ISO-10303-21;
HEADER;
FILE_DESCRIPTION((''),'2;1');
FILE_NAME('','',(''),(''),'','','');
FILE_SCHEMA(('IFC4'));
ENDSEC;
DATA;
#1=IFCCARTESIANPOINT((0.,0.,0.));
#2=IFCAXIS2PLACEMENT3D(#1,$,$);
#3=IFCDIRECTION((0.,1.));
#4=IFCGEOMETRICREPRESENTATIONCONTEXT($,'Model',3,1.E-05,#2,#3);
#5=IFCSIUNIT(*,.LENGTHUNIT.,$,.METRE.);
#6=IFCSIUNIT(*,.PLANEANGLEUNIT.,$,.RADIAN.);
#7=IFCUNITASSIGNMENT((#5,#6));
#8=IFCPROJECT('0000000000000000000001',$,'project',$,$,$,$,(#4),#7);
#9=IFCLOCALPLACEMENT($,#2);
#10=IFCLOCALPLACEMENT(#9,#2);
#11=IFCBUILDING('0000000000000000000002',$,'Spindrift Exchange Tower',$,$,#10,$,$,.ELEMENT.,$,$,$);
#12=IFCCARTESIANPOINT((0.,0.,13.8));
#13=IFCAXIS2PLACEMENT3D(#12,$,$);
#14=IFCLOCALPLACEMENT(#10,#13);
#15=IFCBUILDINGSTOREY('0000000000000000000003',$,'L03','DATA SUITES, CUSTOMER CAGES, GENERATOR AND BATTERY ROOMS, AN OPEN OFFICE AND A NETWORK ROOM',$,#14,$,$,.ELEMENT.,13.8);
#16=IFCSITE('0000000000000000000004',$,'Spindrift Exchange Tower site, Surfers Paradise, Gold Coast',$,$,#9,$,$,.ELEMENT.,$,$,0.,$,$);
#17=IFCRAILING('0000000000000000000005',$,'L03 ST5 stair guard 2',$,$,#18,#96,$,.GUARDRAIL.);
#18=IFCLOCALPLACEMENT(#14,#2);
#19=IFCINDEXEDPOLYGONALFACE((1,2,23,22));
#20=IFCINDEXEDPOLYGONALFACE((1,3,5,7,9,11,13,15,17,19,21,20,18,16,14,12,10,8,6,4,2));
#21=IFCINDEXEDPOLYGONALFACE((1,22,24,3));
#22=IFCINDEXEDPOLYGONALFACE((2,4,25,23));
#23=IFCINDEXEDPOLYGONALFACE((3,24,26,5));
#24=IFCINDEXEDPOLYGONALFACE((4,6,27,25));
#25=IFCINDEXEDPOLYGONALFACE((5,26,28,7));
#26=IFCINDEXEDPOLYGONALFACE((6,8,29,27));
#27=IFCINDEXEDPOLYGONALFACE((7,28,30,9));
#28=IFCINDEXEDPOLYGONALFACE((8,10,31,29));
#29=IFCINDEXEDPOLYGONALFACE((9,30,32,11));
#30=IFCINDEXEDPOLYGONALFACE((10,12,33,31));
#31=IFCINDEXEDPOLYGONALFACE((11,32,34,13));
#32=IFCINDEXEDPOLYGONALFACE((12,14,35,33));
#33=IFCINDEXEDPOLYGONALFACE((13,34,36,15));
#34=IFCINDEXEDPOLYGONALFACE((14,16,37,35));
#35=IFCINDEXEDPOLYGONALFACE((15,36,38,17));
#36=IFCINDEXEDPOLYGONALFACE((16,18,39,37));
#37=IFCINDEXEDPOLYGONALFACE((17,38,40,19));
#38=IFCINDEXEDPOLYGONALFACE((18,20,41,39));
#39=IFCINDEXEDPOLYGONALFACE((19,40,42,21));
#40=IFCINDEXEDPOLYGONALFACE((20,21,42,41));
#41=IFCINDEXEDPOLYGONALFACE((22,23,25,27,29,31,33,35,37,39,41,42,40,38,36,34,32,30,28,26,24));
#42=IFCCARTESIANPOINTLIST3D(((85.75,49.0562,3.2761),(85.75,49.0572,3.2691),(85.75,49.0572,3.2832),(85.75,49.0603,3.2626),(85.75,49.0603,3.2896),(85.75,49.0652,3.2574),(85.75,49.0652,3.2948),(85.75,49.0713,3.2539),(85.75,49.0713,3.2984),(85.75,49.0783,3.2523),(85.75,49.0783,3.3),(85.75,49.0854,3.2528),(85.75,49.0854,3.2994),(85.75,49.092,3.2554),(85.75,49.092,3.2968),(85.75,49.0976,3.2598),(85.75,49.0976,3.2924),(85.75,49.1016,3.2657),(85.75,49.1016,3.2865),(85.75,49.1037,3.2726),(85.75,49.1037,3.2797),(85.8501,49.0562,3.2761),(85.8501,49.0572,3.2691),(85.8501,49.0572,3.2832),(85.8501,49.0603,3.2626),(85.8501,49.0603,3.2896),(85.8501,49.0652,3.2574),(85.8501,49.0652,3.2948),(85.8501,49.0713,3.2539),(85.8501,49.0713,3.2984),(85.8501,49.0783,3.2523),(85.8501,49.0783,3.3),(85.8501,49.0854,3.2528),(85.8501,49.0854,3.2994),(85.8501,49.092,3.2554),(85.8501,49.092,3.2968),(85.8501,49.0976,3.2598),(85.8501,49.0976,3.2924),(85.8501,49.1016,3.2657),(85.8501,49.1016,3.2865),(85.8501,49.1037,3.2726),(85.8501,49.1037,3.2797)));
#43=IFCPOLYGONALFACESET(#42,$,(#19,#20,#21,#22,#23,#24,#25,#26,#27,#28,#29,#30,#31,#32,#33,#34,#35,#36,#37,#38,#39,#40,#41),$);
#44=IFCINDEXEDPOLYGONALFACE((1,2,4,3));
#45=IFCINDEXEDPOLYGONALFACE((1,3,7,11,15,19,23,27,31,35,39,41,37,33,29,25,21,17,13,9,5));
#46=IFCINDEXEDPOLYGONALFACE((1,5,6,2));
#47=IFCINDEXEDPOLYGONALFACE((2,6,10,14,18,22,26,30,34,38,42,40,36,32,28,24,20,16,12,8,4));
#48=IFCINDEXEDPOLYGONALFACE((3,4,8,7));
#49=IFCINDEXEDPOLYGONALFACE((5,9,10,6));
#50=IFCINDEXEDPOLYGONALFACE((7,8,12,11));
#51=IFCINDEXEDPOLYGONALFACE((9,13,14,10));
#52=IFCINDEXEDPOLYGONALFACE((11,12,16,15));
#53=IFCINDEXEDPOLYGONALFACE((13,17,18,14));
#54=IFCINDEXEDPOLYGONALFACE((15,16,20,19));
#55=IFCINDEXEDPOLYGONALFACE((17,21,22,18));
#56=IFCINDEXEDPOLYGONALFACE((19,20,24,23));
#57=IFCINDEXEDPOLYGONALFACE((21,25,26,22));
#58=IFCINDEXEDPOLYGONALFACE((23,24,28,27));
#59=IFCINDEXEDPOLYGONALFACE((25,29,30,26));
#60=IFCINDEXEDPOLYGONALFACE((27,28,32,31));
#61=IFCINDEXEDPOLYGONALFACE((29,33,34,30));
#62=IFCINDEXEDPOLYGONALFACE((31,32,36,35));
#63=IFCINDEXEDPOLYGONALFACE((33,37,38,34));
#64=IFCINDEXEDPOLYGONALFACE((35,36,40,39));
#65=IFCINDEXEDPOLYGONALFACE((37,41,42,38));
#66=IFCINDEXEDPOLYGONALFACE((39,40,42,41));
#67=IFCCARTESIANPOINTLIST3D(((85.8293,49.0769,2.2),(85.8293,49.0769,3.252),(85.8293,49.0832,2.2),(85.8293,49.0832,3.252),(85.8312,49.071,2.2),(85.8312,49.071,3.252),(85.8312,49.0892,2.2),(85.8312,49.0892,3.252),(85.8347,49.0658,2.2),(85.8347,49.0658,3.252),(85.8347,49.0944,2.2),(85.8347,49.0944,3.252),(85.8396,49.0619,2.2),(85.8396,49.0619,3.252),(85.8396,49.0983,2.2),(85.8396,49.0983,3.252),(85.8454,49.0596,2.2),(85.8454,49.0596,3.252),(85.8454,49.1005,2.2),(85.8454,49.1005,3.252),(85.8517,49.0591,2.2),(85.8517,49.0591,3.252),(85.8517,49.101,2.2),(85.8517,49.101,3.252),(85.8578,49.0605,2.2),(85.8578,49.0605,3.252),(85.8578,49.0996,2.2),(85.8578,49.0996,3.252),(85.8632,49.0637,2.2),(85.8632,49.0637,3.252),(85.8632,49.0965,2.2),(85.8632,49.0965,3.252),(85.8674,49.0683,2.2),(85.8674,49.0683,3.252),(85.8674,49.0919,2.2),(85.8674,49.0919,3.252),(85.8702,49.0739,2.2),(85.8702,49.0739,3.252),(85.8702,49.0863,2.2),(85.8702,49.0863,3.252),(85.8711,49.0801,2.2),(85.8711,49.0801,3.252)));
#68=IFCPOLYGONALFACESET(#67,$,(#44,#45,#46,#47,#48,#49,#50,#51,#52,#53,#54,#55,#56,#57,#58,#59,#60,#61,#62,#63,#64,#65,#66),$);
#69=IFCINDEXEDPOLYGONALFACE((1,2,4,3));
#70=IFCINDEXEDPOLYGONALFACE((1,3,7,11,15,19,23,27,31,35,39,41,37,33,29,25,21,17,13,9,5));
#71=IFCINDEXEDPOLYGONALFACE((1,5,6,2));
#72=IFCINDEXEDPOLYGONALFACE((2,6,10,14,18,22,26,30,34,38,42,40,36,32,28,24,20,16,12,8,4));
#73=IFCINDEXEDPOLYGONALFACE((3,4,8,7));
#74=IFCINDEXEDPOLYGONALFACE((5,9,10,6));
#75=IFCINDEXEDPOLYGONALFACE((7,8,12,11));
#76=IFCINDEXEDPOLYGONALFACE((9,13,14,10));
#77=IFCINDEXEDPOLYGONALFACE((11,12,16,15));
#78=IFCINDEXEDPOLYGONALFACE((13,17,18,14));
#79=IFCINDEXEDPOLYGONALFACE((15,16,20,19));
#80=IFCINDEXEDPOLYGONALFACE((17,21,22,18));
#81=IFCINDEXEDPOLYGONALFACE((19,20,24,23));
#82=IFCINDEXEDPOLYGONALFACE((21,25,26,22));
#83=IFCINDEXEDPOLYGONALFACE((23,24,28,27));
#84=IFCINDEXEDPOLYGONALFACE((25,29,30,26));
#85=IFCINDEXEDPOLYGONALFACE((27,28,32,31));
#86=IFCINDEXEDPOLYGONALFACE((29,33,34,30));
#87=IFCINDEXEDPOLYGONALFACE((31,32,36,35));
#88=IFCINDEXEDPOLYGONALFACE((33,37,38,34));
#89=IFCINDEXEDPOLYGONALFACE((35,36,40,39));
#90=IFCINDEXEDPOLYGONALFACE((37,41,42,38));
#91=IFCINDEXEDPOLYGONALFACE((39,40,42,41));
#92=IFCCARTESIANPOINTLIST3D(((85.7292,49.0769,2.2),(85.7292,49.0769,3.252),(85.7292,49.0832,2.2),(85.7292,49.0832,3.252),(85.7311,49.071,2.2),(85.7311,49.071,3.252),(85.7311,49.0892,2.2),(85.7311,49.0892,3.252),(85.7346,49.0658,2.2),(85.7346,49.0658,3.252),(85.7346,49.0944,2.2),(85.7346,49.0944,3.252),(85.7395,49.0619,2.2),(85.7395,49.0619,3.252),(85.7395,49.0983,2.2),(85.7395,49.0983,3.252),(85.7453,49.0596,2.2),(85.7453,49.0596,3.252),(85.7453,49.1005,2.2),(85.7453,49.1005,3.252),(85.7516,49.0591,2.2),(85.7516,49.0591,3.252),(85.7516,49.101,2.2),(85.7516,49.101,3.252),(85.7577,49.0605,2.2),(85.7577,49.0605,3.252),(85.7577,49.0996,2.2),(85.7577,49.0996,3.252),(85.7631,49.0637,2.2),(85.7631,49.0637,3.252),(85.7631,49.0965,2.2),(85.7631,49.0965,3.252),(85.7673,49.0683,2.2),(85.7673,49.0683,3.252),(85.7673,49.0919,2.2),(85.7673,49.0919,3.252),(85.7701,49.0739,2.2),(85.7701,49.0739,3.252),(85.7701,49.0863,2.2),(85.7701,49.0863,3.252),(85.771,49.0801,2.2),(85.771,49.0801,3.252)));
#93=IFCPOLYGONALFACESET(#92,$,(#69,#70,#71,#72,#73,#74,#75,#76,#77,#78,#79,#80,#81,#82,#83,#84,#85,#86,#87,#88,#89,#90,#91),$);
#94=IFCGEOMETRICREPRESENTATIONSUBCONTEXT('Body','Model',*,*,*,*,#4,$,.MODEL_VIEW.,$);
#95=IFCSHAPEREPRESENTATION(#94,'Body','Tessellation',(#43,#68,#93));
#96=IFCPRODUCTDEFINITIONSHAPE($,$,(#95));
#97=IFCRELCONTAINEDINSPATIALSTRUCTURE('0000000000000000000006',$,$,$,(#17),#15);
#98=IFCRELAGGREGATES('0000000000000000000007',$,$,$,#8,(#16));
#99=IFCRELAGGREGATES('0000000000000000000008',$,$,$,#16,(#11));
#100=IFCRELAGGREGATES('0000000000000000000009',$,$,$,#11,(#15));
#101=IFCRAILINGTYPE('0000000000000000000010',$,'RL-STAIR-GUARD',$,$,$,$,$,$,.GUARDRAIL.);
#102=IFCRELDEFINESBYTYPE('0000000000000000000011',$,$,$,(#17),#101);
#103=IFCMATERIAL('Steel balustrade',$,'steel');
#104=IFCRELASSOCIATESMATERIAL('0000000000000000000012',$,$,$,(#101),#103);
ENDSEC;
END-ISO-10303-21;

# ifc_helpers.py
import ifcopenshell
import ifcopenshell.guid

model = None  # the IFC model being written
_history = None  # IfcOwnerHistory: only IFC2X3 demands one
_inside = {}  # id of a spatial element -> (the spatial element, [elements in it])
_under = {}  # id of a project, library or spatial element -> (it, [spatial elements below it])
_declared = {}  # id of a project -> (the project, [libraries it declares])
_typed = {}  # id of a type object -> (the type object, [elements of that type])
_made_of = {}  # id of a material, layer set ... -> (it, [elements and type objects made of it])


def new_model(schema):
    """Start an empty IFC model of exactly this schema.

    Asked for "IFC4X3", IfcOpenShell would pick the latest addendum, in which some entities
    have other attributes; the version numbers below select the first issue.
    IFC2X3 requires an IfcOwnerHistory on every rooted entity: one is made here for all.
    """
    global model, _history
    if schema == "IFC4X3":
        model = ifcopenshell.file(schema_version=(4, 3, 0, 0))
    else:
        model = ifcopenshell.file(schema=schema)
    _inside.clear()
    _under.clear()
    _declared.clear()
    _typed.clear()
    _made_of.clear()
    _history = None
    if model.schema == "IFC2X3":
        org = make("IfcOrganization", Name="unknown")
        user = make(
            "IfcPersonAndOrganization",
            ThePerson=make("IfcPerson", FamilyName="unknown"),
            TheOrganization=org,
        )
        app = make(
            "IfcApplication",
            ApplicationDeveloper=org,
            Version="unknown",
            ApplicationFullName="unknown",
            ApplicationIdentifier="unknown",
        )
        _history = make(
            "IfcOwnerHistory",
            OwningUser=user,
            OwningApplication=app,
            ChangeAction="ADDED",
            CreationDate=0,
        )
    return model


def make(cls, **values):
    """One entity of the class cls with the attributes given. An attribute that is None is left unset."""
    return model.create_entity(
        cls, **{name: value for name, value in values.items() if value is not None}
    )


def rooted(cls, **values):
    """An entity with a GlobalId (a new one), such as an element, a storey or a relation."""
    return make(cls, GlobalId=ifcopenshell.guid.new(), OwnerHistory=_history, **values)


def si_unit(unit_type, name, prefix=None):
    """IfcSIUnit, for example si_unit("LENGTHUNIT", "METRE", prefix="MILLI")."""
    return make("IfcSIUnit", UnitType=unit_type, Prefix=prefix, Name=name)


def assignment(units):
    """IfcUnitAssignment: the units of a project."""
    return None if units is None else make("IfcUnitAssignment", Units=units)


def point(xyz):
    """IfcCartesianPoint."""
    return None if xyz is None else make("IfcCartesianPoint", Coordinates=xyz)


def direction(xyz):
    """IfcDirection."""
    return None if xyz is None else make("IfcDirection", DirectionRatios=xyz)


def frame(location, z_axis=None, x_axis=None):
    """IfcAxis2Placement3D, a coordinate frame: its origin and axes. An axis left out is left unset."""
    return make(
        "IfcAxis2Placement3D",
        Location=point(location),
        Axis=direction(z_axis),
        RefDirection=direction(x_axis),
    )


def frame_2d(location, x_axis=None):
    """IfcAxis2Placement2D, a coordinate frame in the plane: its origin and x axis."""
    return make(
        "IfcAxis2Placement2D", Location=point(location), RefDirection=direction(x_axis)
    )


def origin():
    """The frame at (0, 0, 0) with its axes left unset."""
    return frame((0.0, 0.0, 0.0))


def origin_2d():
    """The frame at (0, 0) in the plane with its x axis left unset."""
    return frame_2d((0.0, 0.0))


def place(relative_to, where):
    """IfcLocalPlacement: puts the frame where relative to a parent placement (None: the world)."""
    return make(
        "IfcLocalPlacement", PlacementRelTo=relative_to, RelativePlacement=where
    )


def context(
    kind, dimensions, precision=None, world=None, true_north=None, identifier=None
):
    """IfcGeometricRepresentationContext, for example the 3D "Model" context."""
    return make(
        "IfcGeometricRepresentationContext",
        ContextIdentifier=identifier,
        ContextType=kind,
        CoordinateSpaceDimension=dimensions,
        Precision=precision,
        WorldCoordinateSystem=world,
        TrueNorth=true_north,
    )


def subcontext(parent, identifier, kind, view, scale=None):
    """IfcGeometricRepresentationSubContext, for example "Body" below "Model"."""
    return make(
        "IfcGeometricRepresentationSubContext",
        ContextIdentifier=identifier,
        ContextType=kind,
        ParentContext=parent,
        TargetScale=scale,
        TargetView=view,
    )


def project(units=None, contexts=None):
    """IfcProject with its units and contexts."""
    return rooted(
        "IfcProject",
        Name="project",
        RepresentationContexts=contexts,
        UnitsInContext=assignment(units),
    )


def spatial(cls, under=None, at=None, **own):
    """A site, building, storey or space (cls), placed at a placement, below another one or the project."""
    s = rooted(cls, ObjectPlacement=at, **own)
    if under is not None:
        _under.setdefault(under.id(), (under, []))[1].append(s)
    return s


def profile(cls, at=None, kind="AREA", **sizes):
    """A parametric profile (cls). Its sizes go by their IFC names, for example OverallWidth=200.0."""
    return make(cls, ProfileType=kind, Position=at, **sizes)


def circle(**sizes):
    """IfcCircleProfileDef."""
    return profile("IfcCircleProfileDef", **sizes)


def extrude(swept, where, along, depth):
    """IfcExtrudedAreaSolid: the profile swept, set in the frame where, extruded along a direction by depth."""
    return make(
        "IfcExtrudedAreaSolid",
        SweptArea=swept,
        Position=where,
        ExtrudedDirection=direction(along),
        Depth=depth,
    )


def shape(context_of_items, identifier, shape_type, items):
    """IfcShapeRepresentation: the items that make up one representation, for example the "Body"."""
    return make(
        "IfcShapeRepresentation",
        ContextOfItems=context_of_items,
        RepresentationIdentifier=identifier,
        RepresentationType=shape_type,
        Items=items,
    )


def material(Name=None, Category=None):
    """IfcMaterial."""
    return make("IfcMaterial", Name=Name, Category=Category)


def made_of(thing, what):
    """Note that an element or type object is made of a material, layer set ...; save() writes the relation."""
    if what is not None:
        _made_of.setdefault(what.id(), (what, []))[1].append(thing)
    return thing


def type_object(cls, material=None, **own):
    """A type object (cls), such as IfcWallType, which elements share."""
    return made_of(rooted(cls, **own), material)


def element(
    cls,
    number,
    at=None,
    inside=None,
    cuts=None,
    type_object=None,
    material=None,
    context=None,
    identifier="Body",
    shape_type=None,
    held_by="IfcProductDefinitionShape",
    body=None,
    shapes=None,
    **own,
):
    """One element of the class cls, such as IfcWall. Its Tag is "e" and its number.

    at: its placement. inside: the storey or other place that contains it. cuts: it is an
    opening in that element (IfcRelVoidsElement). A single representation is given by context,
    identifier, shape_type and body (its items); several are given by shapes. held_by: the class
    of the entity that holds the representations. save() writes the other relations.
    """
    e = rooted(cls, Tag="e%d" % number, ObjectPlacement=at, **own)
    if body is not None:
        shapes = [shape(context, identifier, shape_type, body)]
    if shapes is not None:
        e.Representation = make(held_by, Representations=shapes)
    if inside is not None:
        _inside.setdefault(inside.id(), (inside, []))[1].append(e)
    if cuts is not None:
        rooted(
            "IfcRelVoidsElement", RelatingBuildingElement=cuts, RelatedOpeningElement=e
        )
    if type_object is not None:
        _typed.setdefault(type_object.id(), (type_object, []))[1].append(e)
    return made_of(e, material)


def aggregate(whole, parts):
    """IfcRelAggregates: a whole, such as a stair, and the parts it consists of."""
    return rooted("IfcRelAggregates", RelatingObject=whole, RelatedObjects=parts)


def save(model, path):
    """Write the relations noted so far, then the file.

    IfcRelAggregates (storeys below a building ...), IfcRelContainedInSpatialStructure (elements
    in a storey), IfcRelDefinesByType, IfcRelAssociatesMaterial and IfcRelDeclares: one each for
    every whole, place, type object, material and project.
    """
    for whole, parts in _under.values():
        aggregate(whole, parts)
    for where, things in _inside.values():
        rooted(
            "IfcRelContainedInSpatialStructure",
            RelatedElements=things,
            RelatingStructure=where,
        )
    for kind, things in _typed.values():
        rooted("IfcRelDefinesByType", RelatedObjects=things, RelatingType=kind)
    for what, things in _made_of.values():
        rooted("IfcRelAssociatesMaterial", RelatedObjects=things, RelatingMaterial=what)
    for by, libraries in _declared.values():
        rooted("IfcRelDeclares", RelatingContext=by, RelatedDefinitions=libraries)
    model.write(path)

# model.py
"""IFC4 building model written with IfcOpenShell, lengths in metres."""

from ifc_helpers import new_model, si_unit, direction, frame, origin, origin_2d, place, context, subcontext, project, spatial, circle, extrude, material, type_object, element, save


model = new_model("IFC4")

# Units and contexts
model_context = context("Model", 3, precision=1e-05, world=origin(), true_north=direction((0.0, 1.0)))
body_context = subcontext(model_context, "Body", "Model", "MODEL_VIEW")
ifc_project = project(units=[si_unit("LENGTHUNIT", "METRE"), si_unit("PLANEANGLEUNIT", "RADIAN")], contexts=[model_context])

# Site, building, storey
site_placement = place(None, origin())
site = spatial("IfcSite", under=ifc_project, at=site_placement, Name="Spindrift Exchange Tower site, Surfers Paradise, Gold Coast", CompositionType="ELEMENT", RefElevation=0.0)
building_placement = place(site_placement, origin())
building = spatial("IfcBuilding", under=site, at=building_placement, Name="Spindrift Exchange Tower", CompositionType="ELEMENT")
storey_placement = place(building_placement, frame((0.0, 0.0, 13.8)))
storey = spatial("IfcBuildingStorey", under=building, at=storey_placement, Name="L03", Description="DATA SUITES, CUSTOMER CAGES, GENERATOR AND BATTERY ROOMS, AN OPEN OFFICE AND A NETWORK ROOM", CompositionType="ELEMENT", Elevation=13.8)

# Railing
ifc_material_1 = material(Name="Steel balustrade", Category="steel")
railing_type_1 = type_object("IfcRailingType", Name="RL-STAIR-GUARD", PredefinedType="GUARDRAIL", material=ifc_material_1)
railing_1_placement = place(storey_placement, frame((85.8501, 49.0801, 2.2)))
element("IfcRailing", 1, at=railing_1_placement, inside=storey, type_object=railing_type_1, Name="L03 ST5 stair guard 2", PredefinedType="GUARDRAIL", context=body_context, shape_type="SweptSolid", body=[
    extrude(circle(Radius=0.0239, at=origin_2d()), frame((0.0, 0.0, 1.0762), z_axis=(-1.0, 0.0, 0.0), x_axis=(0.0, -1.0, 0.0)), (0.0, 0.0, 1.0), 0.1001),
    extrude(circle(Radius=0.021, at=origin_2d()), origin(), (0.0, 0.0, 1.0), 1.052),
    extrude(circle(Radius=0.021, at=origin_2d()), frame((-0.1001, 0.0, 0.0)), (0.0, 0.0, 1.0), 1.052),
])

save(model, "model.ifc")
